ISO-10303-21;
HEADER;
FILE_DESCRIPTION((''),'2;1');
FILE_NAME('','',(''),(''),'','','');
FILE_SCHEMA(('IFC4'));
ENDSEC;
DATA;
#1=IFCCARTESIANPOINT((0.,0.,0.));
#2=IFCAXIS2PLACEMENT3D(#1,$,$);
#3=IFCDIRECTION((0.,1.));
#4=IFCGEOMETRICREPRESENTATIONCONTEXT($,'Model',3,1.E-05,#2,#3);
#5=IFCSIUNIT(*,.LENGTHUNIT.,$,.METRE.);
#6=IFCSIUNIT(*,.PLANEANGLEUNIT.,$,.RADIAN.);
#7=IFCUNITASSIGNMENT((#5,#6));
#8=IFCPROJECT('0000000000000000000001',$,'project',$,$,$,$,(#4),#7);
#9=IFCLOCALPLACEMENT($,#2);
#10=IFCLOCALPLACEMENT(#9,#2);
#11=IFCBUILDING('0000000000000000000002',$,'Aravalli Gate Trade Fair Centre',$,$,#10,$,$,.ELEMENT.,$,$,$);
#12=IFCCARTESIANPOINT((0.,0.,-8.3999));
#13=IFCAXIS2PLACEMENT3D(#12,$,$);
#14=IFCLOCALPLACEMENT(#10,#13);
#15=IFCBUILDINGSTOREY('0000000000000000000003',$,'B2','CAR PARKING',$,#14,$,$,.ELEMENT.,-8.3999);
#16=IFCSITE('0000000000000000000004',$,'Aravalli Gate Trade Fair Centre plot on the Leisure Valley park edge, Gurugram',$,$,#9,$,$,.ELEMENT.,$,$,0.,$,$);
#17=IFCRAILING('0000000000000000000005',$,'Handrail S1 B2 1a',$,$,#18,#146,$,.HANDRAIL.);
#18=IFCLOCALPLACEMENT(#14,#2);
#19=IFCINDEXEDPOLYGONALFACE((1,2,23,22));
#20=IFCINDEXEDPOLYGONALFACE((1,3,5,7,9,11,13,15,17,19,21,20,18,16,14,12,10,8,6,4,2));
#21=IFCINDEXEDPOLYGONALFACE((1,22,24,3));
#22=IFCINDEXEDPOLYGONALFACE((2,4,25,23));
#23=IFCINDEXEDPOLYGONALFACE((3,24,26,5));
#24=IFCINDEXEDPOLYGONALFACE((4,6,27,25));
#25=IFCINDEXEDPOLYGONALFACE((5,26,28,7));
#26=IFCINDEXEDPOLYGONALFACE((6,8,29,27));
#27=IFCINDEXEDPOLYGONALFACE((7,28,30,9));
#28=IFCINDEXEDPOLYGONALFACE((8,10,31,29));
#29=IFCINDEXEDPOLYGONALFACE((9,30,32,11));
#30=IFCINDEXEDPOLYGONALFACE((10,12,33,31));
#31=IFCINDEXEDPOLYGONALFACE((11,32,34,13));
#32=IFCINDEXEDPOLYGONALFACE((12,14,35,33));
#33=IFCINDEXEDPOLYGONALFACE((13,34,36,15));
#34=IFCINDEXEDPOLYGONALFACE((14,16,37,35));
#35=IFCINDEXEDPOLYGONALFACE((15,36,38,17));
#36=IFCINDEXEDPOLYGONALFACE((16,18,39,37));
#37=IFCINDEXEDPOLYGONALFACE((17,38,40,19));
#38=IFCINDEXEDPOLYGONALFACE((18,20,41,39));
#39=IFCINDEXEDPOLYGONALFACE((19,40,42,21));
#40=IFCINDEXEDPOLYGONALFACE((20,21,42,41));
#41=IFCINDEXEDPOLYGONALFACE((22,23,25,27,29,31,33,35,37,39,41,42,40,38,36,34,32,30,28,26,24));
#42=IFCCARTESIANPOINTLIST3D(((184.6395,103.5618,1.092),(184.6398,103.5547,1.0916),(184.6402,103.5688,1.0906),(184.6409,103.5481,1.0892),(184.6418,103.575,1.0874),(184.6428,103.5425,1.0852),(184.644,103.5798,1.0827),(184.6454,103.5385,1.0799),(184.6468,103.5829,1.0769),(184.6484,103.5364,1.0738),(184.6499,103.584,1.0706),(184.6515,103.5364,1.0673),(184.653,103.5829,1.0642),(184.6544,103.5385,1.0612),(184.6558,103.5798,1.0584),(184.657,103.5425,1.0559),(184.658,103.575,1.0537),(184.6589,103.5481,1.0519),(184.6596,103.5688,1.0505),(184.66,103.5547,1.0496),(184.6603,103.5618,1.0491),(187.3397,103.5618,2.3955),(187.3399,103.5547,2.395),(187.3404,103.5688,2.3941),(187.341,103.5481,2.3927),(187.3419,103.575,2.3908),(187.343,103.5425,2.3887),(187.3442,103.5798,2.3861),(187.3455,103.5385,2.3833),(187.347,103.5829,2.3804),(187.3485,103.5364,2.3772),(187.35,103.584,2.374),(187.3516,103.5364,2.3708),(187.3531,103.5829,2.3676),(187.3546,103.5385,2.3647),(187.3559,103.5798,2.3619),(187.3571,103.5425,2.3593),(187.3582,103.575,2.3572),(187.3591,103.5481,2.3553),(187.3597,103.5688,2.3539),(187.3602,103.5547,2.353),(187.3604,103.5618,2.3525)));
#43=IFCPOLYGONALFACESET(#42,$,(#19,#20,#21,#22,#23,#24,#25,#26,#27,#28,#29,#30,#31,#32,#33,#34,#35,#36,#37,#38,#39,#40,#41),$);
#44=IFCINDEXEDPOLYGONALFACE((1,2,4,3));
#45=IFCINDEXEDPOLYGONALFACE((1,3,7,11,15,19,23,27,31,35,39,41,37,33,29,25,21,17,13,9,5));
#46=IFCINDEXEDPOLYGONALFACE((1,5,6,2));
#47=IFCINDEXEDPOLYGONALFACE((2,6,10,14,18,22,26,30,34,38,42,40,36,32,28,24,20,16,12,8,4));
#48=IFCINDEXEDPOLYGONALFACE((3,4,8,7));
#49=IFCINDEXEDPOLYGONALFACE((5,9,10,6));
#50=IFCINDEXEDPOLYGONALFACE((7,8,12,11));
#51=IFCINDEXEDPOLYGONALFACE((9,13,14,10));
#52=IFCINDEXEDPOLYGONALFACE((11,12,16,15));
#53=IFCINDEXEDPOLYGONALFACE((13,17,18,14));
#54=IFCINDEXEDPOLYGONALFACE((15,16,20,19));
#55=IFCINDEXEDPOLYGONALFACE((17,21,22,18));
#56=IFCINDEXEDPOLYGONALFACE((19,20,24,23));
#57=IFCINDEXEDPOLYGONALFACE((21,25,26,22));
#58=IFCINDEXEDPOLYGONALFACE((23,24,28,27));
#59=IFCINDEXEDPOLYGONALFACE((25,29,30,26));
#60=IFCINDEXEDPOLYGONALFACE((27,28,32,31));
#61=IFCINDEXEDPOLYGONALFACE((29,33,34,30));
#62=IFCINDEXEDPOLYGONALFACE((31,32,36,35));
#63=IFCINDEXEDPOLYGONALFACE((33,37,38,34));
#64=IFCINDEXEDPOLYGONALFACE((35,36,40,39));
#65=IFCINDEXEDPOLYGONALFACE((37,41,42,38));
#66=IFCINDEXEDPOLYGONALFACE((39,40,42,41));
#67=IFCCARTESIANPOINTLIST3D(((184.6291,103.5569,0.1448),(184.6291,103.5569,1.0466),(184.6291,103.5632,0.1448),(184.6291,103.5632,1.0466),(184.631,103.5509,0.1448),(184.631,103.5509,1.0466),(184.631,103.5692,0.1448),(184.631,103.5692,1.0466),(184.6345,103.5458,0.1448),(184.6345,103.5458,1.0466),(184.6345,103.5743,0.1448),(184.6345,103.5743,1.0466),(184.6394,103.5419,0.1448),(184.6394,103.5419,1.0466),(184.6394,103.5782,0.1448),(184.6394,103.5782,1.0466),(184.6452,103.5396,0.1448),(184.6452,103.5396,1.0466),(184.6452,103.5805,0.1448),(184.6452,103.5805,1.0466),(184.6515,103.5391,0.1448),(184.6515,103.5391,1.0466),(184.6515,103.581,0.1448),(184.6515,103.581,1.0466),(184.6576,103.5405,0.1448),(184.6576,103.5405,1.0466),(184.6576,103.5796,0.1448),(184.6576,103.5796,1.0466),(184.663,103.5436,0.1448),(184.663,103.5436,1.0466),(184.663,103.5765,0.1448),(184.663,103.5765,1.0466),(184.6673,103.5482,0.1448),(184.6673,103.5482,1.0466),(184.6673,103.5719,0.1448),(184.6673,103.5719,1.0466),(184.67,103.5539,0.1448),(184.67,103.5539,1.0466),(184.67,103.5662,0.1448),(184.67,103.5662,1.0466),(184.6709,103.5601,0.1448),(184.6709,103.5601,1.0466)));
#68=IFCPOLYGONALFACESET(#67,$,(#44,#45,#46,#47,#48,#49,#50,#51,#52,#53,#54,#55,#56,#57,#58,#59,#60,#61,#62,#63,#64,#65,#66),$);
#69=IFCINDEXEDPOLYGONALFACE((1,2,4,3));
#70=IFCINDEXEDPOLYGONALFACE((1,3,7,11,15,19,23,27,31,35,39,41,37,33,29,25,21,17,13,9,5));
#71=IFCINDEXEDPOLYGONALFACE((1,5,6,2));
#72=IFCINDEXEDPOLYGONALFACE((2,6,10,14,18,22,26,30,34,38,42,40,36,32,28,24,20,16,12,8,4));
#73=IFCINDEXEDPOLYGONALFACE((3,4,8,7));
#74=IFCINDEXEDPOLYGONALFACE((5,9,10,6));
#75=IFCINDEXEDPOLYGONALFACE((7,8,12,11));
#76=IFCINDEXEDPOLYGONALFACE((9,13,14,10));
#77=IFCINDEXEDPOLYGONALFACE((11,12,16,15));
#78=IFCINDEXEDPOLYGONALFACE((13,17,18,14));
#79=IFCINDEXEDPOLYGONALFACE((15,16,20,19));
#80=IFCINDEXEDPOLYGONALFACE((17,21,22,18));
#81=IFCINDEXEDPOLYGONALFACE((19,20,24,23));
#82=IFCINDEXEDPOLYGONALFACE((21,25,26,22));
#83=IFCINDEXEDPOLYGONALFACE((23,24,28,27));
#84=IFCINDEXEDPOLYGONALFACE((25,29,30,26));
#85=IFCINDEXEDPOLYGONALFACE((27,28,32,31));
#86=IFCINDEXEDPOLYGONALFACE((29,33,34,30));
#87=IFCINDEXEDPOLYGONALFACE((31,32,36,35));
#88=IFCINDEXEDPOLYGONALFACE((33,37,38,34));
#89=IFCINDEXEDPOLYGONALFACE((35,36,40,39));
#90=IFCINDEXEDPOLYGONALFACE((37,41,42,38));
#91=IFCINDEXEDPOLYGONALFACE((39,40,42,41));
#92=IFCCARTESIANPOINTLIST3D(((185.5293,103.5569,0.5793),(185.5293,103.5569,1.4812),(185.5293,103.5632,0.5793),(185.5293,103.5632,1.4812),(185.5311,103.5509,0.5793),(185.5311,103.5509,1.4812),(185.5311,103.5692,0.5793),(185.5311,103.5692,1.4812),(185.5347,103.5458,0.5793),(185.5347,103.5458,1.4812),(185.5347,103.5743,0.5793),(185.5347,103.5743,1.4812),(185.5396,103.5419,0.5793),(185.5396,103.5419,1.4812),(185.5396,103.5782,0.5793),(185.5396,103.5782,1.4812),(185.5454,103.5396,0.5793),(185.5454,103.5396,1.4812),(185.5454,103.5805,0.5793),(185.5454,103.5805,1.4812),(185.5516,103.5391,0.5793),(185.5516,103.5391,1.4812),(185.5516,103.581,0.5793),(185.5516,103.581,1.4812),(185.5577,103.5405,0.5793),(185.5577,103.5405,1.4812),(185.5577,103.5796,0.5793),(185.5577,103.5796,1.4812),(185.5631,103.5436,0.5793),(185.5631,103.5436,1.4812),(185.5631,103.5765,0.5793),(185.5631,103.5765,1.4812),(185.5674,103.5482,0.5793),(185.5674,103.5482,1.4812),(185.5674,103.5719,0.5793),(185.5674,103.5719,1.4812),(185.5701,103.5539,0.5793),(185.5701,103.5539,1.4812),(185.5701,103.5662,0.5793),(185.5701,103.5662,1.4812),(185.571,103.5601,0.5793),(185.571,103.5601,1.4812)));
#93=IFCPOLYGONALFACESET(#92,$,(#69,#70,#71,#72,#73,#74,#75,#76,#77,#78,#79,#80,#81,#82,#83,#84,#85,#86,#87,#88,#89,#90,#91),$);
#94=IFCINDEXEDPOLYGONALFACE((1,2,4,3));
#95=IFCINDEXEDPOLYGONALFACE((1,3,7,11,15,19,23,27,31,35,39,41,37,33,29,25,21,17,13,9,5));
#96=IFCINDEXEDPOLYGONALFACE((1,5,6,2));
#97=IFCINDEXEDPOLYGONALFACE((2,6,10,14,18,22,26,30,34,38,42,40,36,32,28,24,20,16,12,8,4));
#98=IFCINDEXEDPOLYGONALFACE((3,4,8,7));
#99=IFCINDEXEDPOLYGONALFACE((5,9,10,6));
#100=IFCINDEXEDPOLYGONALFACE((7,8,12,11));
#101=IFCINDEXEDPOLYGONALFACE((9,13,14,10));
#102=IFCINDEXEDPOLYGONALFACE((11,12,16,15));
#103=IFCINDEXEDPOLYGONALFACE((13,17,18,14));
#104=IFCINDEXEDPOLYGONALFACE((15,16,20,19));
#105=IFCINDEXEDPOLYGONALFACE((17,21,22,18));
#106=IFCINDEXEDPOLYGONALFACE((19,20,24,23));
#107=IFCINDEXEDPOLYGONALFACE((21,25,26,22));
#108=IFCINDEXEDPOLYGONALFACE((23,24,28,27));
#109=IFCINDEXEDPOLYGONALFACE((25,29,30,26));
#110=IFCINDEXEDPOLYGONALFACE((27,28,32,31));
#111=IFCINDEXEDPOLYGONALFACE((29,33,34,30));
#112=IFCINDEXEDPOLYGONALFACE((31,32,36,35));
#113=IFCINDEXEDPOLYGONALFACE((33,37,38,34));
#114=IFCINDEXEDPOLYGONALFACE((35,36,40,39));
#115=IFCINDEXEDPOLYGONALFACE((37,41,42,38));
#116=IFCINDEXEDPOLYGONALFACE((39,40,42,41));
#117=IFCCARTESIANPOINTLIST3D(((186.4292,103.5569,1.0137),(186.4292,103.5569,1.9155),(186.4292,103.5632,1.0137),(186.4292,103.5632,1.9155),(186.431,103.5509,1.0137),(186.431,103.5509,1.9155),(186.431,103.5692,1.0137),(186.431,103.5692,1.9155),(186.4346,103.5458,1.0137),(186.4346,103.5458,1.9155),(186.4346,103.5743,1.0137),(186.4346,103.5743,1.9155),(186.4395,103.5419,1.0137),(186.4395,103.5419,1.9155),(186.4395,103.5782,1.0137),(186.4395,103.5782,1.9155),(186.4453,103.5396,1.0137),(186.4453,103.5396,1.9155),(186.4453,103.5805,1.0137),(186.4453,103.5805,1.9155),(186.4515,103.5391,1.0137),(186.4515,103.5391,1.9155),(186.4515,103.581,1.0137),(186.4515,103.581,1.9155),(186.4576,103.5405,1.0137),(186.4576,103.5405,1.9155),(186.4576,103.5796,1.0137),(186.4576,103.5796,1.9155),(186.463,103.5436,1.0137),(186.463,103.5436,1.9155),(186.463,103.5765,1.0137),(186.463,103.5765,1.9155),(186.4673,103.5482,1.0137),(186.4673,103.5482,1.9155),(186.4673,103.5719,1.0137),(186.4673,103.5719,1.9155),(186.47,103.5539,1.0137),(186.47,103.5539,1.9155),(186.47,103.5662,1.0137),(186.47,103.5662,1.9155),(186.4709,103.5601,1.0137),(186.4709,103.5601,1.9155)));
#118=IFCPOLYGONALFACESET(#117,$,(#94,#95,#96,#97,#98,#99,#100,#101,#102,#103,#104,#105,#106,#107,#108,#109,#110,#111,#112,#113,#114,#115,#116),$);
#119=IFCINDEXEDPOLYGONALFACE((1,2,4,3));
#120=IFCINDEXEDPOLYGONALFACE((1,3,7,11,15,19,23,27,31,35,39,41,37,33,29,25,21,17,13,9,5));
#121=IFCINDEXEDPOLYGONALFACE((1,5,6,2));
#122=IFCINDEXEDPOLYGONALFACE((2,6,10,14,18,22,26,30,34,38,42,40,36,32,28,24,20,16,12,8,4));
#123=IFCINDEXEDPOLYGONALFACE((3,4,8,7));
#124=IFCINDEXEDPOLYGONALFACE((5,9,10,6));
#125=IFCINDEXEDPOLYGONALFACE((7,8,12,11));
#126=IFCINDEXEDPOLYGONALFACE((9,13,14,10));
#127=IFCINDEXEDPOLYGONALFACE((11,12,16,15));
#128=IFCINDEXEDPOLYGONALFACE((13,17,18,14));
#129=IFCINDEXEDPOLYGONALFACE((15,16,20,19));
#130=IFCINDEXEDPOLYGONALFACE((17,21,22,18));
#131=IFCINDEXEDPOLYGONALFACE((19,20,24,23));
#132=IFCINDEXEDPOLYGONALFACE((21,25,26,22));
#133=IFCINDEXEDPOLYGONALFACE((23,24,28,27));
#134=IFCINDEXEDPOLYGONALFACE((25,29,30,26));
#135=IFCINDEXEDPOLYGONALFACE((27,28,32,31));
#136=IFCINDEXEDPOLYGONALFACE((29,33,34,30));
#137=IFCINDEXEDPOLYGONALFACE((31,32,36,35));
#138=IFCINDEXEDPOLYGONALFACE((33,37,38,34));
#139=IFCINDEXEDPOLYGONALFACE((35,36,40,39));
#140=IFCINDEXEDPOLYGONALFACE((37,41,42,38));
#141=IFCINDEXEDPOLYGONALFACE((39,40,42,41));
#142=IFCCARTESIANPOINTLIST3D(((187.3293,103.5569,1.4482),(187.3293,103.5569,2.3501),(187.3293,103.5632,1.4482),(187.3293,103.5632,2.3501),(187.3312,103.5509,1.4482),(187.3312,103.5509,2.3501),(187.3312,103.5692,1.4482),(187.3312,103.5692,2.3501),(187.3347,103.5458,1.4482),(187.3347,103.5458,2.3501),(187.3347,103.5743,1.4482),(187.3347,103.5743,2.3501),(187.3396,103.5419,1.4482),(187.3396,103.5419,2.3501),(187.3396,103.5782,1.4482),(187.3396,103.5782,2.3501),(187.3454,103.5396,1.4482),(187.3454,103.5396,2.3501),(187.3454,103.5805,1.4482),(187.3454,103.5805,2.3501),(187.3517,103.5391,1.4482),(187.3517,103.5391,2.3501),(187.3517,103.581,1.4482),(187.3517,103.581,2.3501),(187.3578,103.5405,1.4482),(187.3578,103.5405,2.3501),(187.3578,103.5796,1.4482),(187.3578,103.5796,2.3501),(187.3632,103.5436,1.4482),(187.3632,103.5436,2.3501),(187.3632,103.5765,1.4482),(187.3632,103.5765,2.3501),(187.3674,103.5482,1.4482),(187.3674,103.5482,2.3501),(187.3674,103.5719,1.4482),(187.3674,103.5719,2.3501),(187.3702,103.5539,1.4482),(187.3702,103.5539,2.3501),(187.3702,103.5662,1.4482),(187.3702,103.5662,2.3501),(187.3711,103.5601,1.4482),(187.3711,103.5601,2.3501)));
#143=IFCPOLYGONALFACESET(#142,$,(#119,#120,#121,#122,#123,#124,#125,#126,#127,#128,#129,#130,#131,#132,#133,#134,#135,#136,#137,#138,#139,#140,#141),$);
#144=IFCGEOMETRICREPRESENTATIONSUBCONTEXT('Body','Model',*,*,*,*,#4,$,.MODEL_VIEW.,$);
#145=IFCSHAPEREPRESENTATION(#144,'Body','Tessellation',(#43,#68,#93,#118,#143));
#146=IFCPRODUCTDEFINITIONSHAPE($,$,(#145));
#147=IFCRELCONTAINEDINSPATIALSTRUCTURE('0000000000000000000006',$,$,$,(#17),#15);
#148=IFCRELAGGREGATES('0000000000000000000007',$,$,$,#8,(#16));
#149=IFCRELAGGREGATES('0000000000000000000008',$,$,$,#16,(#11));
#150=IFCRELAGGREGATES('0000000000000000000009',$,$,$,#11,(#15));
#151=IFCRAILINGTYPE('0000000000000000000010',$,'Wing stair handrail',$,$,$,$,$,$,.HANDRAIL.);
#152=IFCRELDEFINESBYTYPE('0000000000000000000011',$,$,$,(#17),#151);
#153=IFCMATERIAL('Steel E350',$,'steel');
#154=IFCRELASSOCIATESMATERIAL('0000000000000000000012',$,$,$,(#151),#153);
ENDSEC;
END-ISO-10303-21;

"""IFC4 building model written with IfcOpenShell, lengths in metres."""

from ifc_helpers import new_model, si_unit, direction, frame, origin, origin_2d, place, context, subcontext, project, spatial, circle, extrude, material, type_object, element, save


model = new_model("IFC4")

# Units and contexts
model_context = context("Model", 3, precision=1e-05, world=origin(), true_north=direction((0.0, 1.0)))
body_context = subcontext(model_context, "Body", "Model", "MODEL_VIEW")
ifc_project = project(units=[si_unit("LENGTHUNIT", "METRE"), si_unit("PLANEANGLEUNIT", "RADIAN")], contexts=[model_context])

# Site, building, storey
site_placement = place(None, origin())
site = spatial("IfcSite", under=ifc_project, at=site_placement, Name="Aravalli Gate Trade Fair Centre plot on the Leisure Valley park edge, Gurugram", CompositionType="ELEMENT", RefElevation=0.0)
building_placement = place(site_placement, origin())
building = spatial("IfcBuilding", under=site, at=building_placement, Name="Aravalli Gate Trade Fair Centre", CompositionType="ELEMENT")
storey_placement = place(building_placement, frame((0.0, 0.0, -8.3999)))
storey = spatial("IfcBuildingStorey", under=building, at=storey_placement, Name="B2", Description="CAR PARKING", CompositionType="ELEMENT", Elevation=-8.3999)

# Shared definitions
ifc_material_1 = material(Name="Steel E350", Category="steel")

# Railing
railing_type = type_object("IfcRailingType", Name="Wing stair handrail", PredefinedType="HANDRAIL", material=ifc_material_1)
for number, where, name in (
    (1, (184.6499, 103.5601, 0.1448), "Handrail S1 B2 1a"),
):
    element("IfcRailing", number, at=place(storey_placement, frame(where)), inside=storey, type_object=railing_type, Name=name, PredefinedType="HANDRAIL", context=body_context, shape_type="SweptSolid", body=[
        extrude(circle(Radius=0.0239, at=origin_2d()), frame((0.0, 0.0, 0.9258), z_axis=(0.900562, 0.0, 0.434729), x_axis=(0.0, 1.0, 0.0)), (0.0, 0.0, 1.0), 2.9983),
        extrude(circle(Radius=0.021, at=origin_2d()), origin(), (0.0, 0.0, 1.0), 0.9019),
        extrude(circle(Radius=0.021, at=origin_2d()), frame((0.9001, 0.0, 0.4346)), (0.0, 0.0, 1.0), 0.9019),
        extrude(circle(Radius=0.021, at=origin_2d()), frame((1.8, 0.0, 0.8689)), (0.0, 0.0, 1.0), 0.9019),
        extrude(circle(Radius=0.021, at=origin_2d()), frame((2.7002, 0.0, 1.3035)), (0.0, 0.0, 1.0), 0.9019),
    ])

save(model, "model.ifc")
